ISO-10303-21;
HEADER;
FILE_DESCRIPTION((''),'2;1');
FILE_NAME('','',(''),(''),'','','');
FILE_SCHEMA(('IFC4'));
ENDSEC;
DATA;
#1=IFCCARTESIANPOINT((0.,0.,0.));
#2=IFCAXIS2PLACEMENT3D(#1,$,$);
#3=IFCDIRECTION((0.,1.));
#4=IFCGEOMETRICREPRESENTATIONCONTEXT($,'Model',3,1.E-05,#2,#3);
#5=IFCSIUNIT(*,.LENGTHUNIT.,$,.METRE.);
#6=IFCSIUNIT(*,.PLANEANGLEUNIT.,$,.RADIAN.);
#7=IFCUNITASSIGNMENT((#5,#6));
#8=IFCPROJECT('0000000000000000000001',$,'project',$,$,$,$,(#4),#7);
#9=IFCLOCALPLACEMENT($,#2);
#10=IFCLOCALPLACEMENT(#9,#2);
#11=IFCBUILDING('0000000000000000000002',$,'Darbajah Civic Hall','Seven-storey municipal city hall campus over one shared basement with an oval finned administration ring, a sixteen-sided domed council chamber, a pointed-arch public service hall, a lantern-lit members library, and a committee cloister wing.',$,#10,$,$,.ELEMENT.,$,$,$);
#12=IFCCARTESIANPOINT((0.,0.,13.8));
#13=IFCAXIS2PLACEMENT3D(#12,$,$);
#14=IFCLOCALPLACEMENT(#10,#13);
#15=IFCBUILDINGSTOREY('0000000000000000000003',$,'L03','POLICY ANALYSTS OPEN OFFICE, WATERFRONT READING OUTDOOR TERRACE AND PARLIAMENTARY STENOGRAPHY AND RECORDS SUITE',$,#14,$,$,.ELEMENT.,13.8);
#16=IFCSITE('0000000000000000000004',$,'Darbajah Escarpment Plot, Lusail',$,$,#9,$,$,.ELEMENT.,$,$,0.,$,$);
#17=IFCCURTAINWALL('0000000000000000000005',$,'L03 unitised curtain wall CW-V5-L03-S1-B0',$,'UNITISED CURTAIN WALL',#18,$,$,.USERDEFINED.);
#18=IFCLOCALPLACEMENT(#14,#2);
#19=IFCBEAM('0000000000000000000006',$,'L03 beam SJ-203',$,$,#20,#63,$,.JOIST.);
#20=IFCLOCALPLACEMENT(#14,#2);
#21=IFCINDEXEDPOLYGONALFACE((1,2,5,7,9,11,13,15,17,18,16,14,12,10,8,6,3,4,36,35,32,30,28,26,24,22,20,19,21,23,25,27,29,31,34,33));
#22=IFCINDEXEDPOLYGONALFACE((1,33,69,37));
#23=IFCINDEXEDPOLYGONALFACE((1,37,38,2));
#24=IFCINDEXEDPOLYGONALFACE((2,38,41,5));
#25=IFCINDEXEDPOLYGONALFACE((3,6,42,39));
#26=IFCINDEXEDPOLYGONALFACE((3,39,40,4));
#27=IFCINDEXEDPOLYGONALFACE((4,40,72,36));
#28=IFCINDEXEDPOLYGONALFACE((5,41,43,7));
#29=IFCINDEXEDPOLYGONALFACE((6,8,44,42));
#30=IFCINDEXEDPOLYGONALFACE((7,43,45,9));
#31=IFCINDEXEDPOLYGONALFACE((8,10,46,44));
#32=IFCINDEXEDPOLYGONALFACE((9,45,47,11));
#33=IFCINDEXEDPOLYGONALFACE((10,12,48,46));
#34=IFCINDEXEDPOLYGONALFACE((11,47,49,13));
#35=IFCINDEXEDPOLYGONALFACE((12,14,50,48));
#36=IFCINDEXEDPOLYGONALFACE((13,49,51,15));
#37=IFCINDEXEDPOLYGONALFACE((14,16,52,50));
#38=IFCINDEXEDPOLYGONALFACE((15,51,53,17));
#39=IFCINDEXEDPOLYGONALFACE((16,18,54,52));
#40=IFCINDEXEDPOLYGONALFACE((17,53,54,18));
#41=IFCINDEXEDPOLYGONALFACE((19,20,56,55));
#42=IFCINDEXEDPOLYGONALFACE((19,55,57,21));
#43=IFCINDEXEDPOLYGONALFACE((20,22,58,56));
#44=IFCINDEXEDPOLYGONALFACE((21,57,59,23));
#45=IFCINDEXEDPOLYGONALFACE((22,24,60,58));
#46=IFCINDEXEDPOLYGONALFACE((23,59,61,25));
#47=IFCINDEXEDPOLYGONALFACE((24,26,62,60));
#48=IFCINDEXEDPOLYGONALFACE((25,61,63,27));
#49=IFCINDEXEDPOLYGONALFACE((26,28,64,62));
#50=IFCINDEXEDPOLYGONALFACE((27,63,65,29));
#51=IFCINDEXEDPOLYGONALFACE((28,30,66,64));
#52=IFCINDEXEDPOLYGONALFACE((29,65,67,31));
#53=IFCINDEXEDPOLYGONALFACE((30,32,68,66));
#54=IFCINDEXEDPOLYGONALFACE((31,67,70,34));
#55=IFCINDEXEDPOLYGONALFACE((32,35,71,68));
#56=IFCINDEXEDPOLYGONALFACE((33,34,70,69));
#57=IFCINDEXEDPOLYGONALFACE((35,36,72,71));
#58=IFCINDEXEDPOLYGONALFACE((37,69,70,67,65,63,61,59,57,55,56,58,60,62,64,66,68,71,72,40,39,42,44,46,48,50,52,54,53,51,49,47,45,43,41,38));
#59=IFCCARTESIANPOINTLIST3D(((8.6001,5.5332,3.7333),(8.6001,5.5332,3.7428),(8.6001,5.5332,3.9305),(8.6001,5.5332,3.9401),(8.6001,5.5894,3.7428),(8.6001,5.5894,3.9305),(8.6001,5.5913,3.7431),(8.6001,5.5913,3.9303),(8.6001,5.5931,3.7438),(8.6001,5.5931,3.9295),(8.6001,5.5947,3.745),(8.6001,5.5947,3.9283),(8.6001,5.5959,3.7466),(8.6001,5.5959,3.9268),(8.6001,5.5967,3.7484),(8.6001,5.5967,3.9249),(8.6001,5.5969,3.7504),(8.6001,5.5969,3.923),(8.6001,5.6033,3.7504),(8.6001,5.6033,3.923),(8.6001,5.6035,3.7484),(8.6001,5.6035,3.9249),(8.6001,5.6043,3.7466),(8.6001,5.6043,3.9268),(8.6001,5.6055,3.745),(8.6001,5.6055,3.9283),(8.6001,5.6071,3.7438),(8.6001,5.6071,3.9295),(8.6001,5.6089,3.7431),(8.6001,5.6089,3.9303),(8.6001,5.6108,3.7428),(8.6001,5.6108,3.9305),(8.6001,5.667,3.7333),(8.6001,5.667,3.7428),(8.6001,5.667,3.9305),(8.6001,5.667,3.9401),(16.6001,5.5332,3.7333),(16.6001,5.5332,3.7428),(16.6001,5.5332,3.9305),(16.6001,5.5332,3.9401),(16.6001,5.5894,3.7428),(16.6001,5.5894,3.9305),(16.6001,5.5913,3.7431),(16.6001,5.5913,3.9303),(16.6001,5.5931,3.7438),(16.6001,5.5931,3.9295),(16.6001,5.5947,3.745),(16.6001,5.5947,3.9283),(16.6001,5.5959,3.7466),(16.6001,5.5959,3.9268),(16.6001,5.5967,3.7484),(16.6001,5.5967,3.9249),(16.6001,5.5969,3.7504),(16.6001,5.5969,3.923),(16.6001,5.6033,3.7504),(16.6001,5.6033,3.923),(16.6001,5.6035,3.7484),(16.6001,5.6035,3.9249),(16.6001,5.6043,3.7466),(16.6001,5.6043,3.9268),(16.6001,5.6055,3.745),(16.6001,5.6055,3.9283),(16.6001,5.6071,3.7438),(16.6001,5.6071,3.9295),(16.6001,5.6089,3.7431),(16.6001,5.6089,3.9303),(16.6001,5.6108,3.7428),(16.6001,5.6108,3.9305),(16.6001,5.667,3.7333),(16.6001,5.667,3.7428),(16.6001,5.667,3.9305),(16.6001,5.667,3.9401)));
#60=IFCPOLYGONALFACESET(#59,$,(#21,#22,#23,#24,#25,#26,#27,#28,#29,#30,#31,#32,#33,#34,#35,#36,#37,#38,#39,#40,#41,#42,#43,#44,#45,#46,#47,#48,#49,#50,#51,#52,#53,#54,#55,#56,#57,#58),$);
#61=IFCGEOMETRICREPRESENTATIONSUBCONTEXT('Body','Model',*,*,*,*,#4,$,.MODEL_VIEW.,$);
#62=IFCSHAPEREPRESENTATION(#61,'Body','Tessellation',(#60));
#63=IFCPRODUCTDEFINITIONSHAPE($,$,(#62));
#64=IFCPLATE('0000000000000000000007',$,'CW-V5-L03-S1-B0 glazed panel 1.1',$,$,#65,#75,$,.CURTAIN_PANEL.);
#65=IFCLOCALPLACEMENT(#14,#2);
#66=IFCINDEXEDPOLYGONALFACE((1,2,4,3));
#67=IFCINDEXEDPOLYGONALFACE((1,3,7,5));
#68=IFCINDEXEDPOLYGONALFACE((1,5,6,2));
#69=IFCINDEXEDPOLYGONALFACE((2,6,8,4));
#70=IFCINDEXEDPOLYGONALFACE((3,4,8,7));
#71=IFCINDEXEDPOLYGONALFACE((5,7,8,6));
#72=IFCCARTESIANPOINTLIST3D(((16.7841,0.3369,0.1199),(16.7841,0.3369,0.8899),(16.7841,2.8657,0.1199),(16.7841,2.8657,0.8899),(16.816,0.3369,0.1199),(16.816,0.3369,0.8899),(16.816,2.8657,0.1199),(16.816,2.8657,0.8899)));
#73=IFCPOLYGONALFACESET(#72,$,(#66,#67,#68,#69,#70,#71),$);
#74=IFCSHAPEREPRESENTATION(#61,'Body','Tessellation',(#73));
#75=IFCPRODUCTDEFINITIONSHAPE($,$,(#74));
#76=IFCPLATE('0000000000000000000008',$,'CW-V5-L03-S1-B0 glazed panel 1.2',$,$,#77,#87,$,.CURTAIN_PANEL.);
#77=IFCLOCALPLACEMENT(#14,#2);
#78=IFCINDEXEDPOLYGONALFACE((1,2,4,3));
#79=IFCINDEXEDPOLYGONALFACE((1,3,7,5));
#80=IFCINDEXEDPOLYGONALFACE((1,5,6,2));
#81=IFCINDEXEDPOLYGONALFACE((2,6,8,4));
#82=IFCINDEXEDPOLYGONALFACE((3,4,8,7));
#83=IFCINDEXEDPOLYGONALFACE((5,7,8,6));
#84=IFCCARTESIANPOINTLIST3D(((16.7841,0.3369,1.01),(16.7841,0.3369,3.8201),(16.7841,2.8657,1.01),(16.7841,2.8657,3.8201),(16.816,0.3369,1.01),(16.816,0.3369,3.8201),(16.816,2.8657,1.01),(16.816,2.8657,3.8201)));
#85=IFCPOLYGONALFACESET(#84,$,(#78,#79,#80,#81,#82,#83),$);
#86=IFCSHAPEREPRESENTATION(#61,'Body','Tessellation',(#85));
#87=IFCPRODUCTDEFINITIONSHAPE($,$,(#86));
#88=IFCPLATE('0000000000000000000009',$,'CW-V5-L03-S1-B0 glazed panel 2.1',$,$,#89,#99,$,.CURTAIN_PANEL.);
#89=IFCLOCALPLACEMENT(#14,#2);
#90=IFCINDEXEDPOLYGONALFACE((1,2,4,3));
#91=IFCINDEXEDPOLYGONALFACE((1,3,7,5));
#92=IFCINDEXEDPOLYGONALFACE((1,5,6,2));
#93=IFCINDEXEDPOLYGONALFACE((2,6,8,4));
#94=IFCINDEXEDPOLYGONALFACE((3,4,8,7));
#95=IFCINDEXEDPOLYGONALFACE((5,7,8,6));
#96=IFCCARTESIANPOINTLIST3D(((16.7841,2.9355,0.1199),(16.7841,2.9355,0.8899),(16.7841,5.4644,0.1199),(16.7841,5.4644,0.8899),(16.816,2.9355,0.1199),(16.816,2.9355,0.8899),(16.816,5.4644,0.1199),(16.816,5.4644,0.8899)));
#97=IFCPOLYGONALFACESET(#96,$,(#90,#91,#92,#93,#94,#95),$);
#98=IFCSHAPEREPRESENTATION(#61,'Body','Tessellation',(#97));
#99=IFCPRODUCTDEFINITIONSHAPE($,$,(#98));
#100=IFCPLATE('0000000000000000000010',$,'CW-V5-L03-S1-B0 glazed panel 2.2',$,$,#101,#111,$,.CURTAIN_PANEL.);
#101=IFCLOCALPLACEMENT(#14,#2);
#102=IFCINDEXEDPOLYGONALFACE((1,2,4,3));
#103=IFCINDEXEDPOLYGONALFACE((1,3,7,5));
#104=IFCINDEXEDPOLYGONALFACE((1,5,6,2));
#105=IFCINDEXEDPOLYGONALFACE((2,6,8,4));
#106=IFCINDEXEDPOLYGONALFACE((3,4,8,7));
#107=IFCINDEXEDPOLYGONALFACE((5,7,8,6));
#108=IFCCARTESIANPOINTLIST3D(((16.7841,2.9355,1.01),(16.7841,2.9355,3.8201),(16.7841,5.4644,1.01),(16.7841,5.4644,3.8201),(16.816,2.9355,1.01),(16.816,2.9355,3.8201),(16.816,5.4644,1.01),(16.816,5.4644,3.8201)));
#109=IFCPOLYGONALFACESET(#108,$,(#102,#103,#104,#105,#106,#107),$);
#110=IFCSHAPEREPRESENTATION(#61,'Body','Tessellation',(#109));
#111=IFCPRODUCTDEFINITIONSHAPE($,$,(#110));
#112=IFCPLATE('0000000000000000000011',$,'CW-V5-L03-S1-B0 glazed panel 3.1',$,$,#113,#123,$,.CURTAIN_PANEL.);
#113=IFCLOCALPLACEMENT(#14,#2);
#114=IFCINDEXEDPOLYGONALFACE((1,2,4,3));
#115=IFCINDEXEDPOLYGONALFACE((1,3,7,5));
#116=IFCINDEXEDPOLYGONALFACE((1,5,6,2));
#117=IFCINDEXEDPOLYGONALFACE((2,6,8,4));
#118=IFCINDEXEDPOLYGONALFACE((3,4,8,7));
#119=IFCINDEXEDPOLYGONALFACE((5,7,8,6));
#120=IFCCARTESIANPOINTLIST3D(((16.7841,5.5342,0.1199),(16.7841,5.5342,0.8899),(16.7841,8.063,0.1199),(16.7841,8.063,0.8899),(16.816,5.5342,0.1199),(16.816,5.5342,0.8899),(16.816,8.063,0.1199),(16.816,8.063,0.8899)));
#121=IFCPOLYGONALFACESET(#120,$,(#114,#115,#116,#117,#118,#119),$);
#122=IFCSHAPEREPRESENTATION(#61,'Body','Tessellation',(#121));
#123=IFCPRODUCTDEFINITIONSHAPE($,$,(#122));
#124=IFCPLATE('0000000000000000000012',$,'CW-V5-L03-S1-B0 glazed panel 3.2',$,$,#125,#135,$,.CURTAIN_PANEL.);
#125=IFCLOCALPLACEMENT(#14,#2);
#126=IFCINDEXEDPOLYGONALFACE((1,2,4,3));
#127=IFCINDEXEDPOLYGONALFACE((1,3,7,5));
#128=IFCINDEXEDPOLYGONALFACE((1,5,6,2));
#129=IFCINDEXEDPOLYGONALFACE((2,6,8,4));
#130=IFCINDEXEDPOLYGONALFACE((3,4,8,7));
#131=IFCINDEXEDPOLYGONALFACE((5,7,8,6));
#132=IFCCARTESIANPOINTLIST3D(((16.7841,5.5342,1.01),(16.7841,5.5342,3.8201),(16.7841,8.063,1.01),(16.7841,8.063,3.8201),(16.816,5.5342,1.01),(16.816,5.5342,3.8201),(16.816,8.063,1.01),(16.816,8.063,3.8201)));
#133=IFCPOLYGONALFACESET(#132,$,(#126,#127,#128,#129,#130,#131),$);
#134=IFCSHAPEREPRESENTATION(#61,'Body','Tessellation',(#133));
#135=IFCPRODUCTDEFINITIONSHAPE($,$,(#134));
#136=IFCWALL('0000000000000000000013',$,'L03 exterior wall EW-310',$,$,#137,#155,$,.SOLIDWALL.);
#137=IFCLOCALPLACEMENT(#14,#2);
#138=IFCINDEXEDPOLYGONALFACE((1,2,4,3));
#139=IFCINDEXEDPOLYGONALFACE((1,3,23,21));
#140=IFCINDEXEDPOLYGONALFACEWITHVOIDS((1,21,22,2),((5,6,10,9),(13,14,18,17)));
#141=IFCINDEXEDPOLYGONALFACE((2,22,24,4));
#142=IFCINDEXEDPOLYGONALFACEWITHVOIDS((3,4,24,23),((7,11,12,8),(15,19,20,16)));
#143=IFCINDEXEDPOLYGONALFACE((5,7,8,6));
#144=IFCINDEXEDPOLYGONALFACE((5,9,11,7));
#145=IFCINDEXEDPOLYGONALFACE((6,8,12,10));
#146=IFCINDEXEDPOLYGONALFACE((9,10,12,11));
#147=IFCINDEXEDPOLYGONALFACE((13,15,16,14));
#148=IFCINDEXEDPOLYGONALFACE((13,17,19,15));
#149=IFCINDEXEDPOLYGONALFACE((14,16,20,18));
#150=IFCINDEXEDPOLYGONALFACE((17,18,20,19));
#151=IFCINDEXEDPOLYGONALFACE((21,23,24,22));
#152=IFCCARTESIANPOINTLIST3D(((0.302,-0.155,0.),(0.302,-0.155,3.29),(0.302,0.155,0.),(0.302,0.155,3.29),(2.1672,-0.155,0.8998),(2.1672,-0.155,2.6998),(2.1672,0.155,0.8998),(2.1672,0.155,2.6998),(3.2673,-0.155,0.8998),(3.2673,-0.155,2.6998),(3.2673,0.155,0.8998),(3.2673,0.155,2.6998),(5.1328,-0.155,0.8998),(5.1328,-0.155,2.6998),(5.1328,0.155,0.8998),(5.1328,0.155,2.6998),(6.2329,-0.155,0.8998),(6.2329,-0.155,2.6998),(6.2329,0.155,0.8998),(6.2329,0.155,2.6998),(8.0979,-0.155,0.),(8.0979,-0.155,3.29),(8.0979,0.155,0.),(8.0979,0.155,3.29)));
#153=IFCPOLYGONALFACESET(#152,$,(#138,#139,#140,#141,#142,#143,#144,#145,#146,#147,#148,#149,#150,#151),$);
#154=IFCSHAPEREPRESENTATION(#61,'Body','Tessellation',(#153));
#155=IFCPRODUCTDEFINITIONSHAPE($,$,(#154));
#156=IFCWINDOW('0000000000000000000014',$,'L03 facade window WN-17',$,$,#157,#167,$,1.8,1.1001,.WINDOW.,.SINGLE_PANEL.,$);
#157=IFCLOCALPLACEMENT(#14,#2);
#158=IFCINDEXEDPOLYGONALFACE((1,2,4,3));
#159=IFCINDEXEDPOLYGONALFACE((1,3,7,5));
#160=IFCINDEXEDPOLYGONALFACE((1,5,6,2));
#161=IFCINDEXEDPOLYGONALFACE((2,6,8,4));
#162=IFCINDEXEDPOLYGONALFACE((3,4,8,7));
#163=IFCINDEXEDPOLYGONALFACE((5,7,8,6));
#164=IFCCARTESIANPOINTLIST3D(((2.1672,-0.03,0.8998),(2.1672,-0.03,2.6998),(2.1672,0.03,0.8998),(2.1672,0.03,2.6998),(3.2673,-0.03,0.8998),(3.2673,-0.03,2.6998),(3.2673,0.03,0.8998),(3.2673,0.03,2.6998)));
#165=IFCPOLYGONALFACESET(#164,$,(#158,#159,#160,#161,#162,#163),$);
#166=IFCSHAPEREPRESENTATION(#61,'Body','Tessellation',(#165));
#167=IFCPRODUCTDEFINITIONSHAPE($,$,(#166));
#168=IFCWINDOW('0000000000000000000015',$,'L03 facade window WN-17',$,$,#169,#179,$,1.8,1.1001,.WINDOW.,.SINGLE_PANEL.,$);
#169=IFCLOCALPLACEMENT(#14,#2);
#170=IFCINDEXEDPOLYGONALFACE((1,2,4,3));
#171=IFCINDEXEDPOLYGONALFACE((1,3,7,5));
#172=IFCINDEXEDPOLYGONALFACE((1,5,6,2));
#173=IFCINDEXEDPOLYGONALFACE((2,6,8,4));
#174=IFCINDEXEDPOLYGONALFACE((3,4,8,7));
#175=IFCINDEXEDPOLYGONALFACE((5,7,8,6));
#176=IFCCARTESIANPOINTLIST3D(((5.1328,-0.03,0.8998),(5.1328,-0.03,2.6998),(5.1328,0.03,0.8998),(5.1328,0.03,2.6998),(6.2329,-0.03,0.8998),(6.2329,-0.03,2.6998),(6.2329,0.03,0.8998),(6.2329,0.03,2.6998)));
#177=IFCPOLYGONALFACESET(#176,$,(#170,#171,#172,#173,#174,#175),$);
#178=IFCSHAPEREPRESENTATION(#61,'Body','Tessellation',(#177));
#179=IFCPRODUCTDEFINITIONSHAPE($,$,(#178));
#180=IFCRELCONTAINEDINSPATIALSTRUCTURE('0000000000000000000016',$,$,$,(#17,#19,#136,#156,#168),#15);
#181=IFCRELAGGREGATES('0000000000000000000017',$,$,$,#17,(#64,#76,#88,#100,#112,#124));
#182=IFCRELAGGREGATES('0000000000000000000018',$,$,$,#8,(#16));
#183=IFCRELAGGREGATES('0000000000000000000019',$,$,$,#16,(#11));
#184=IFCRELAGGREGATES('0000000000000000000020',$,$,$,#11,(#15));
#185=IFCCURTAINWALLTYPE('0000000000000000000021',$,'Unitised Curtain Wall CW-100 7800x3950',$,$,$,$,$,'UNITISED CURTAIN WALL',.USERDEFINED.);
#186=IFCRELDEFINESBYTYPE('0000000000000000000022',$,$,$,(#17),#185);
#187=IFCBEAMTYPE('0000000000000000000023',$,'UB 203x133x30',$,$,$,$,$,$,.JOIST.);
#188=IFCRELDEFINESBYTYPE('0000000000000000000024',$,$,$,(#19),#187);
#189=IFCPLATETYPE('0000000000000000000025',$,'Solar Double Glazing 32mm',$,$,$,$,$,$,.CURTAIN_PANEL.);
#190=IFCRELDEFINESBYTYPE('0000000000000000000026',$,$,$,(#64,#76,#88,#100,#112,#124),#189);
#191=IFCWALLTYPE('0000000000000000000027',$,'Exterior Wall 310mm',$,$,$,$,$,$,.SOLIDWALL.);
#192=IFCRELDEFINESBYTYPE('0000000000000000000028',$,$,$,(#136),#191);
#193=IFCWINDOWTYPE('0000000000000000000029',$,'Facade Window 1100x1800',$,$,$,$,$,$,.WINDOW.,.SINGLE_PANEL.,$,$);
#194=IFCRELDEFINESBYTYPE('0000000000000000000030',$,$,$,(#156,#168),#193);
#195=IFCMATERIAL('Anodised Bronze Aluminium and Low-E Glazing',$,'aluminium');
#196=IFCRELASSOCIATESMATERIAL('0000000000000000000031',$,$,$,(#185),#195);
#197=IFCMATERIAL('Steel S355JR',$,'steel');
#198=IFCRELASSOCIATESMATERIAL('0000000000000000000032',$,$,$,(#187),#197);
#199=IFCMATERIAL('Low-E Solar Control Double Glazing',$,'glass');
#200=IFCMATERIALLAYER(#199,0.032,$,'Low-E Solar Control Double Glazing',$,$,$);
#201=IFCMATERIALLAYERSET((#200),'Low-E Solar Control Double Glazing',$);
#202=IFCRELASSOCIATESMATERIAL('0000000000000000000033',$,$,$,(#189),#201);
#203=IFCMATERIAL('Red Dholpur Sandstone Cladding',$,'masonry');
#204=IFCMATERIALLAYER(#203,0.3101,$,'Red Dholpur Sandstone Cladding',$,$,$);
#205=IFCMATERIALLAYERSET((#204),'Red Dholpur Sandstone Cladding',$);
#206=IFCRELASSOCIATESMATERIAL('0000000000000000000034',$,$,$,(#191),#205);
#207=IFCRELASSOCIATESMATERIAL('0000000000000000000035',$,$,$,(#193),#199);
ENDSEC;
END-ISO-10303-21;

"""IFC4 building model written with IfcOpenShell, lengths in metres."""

from ifc_helpers import new_model, si_unit, direction, frame, frame_2d, origin, origin_2d, place, context, subcontext, project, spatial, rectangle, i_section, extrude, material, layer, layer_set, material_profile, profile_set, type_object, element, fill, aggregate, save


model = new_model("IFC4")

# Units and contexts
model_context = context("Model", 3, precision=1e-05, world=origin(), true_north=direction((0.0, 1.0)))
body_context = subcontext(model_context, "Body", "Model", "MODEL_VIEW")
ifc_project = project(units=[si_unit("LENGTHUNIT", "METRE"), si_unit("PLANEANGLEUNIT", "RADIAN")], contexts=[model_context])

# Site, building, storey
site_placement = place(None, origin())
site = spatial("IfcSite", under=ifc_project, at=site_placement, Name="Darbajah Escarpment Plot, Lusail", CompositionType="ELEMENT", RefElevation=0.0)
building_placement = place(site_placement, origin())
building = spatial("IfcBuilding", under=site, at=building_placement, Name="Darbajah Civic Hall", Description="Seven-storey municipal city hall campus over one shared basement with an oval finned administration ring, a sixteen-sided domed council chamber, a pointed-arch public service hall, a lantern-lit members library, and a committee cloister wing.", CompositionType="ELEMENT")
storey_placement = place(building_placement, frame((0.0, 0.0, 13.8)))
storey = spatial("IfcBuildingStorey", under=building, at=storey_placement, Name="L03", Description="POLICY ANALYSTS OPEN OFFICE, WATERFRONT READING OUTDOOR TERRACE AND PARLIAMENTARY STENOGRAPHY AND RECORDS SUITE", CompositionType="ELEMENT", Elevation=13.8)

# Curtain wall
ifc_material_1 = material(Name="Anodised Bronze Aluminium and Low-E Glazing", Category="aluminium")
curtain_wall_type = type_object("IfcCurtainWallType", Name="Unitised Curtain Wall CW-100 7800x3950", ElementType="UNITISED CURTAIN WALL", PredefinedType="USERDEFINED", material=ifc_material_1)
curtain_wall_placement = place(storey_placement, origin())
curtain_wall = element("IfcCurtainWall", 1, at=curtain_wall_placement, inside=storey, type_object=curtain_wall_type, Name="L03 unitised curtain wall CW-V5-L03-S1-B0", ObjectType="UNITISED CURTAIN WALL", PredefinedType="USERDEFINED")

# Beam
ifc_material_2 = material(Name="Steel S355JR", Category="steel")
ifc_material_profile_1 = material_profile(ifc_material_2, i_section(OverallWidth=0.1338, OverallDepth=0.2068, WebThickness=0.0063, FlangeThickness=0.0095, FilletRadius=0.0076, at=origin_2d()), Name="UB 203x133x30")
ifc_profile_set_1 = profile_set([ifc_material_profile_1], Name="Steel S355JR")
beam_type_1 = type_object("IfcBeamType", Name="UB 203x133x30", PredefinedType="JOIST", material=ifc_profile_set_1)
for number, where, z_axis, x_axis, name in (
    (2, (8.6001, 5.6001, 3.8367), (1.0, 0.0, 0.0), (0.0, 1.0, 0.0), "L03 beam SJ-203"),
):
    element("IfcBeam", number, at=place(storey_placement, frame(where, z_axis=z_axis, x_axis=x_axis)), inside=storey, type_object=beam_type_1, Name=name, PredefinedType="JOIST", context=body_context, shape_type="SweptSolid", body=[
        extrude(i_section(OverallWidth=0.1338, OverallDepth=0.2068, WebThickness=0.0063, FlangeThickness=0.0095, FilletRadius=0.0076, at=origin_2d()), origin(), (0.0, 0.0, 1.0), 8.0),
    ])

# Plates
ifc_material_3 = material(Name="Low-E Solar Control Double Glazing", Category="glass")
ifc_layer_1 = layer(ifc_material_3, 0.032, Name="Low-E Solar Control Double Glazing")
ifc_layer_set_1 = layer_set([ifc_layer_1], Name="Low-E Solar Control Double Glazing")
plate_type = type_object("IfcPlateType", Name="Solar Double Glazing 32mm", PredefinedType="CURTAIN_PANEL", material=ifc_layer_set_1)
plate_1_placement = place(storey_placement, frame((16.8, 1.6013, 0.1199), z_axis=(0.0, 0.0, 1.0), x_axis=(0.0, 1.0, 0.0)))
plate_1 = element("IfcPlate", 3, at=plate_1_placement, type_object=plate_type, Name="CW-V5-L03-S1-B0 glazed panel 1.1", PredefinedType="CURTAIN_PANEL", context=body_context, shape_type="SweptSolid", body=[
    extrude(rectangle(XDim=2.5288, YDim=0.032, at=origin_2d()), origin(), (0.0, 0.0, 1.0), 0.77),
])
plate_2_placement = place(storey_placement, frame((16.8, 1.6013, 1.01), z_axis=(0.0, 0.0, 1.0), x_axis=(0.0, 1.0, 0.0)))
plate_2 = element("IfcPlate", 4, at=plate_2_placement, type_object=plate_type, Name="CW-V5-L03-S1-B0 glazed panel 1.2", PredefinedType="CURTAIN_PANEL", context=body_context, shape_type="SweptSolid", body=[
    extrude(rectangle(XDim=2.5288, YDim=0.032, at=origin_2d()), origin(), (0.0, 0.0, 1.0), 2.8101),
])
plate_3_placement = place(storey_placement, frame((16.8, 4.2, 0.1199), z_axis=(0.0, 0.0, 1.0), x_axis=(0.0, 1.0, 0.0)))
plate_3 = element("IfcPlate", 5, at=plate_3_placement, type_object=plate_type, Name="CW-V5-L03-S1-B0 glazed panel 2.1", PredefinedType="CURTAIN_PANEL", context=body_context, shape_type="SweptSolid", body=[
    extrude(rectangle(XDim=2.5288, YDim=0.032, at=origin_2d()), origin(), (0.0, 0.0, 1.0), 0.77),
])
plate_4_placement = place(storey_placement, frame((16.8, 4.2, 1.01), z_axis=(0.0, 0.0, 1.0), x_axis=(0.0, 1.0, 0.0)))
plate_4 = element("IfcPlate", 6, at=plate_4_placement, type_object=plate_type, Name="CW-V5-L03-S1-B0 glazed panel 2.2", PredefinedType="CURTAIN_PANEL", context=body_context, shape_type="SweptSolid", body=[
    extrude(rectangle(XDim=2.5288, YDim=0.032, at=origin_2d()), origin(), (0.0, 0.0, 1.0), 2.8101),
])
plate_5_placement = place(storey_placement, frame((16.8, 6.7986, 0.1199), z_axis=(0.0, 0.0, 1.0), x_axis=(0.0, 1.0, 0.0)))
plate_5 = element("IfcPlate", 7, at=plate_5_placement, type_object=plate_type, Name="CW-V5-L03-S1-B0 glazed panel 3.1", PredefinedType="CURTAIN_PANEL", context=body_context, shape_type="SweptSolid", body=[
    extrude(rectangle(XDim=2.5288, YDim=0.032, at=origin_2d()), origin(), (0.0, 0.0, 1.0), 0.77),
])
plate_6_placement = place(storey_placement, frame((16.8, 6.7986, 1.01), z_axis=(0.0, 0.0, 1.0), x_axis=(0.0, 1.0, 0.0)))
plate_6 = element("IfcPlate", 8, at=plate_6_placement, type_object=plate_type, Name="CW-V5-L03-S1-B0 glazed panel 3.2", PredefinedType="CURTAIN_PANEL", context=body_context, shape_type="SweptSolid", body=[
    extrude(rectangle(XDim=2.5288, YDim=0.032, at=origin_2d()), origin(), (0.0, 0.0, 1.0), 2.8101),
])
aggregate(curtain_wall, [plate_1, plate_2, plate_3, plate_4, plate_5, plate_6])

# Wall, openings, windows
ifc_material_4 = material(Name="Red Dholpur Sandstone Cladding", Category="masonry")
ifc_layer_2 = layer(ifc_material_4, 0.3101, Name="Red Dholpur Sandstone Cladding")
ifc_layer_set_2 = layer_set([ifc_layer_2], Name="Red Dholpur Sandstone Cladding")
wall_type = type_object("IfcWallType", Name="Exterior Wall 310mm", PredefinedType="SOLIDWALL", material=ifc_layer_set_2)
wall_1_placement = place(storey_placement, frame((0.302, 0.0, 0.0), z_axis=(0.0, 0.0, 1.0), x_axis=(1.0, 0.0, 0.0)))
wall_1 = element("IfcWall", 9, at=wall_1_placement, inside=storey, type_object=wall_type, Name="L03 exterior wall EW-310", PredefinedType="SOLIDWALL", context=body_context, shape_type="SweptSolid", body=[
    extrude(rectangle(XDim=7.7959, YDim=0.3101, at=frame_2d((3.8979, 0.0))), origin(), (0.0, 0.0, 1.0), 3.29),
])
opening_1_placement = place(wall_1_placement, frame((1.8652, 0.0, 0.8999)))
opening_1 = element("IfcOpeningElement", 10, at=opening_1_placement, cuts=wall_1, PredefinedType="OPENING", context=body_context, shape_type="SweptSolid", body=[
    extrude(rectangle(XDim=1.1001, YDim=1.8, at=frame_2d((0.55, 0.8999))), frame((0.0, 0.165, 0.0), z_axis=(0.0, -1.0, 0.0), x_axis=(1.0, 0.0, 0.0)), (0.0, 0.0, 1.0), 0.3301),
])
opening_2_placement = place(wall_1_placement, frame((4.8308, 0.0, 0.8999)))
opening_2 = element("IfcOpeningElement", 11, at=opening_2_placement, cuts=wall_1, PredefinedType="OPENING", context=body_context, shape_type="SweptSolid", body=[
    extrude(rectangle(XDim=1.1001, YDim=1.8, at=frame_2d((0.55, 0.8999))), frame((0.0, 0.165, 0.0), z_axis=(0.0, -1.0, 0.0), x_axis=(1.0, 0.0, 0.0)), (0.0, 0.0, 1.0), 0.3301),
])
window_type = type_object("IfcWindowType", Name="Facade Window 1100x1800", PartitioningType="SINGLE_PANEL", PredefinedType="WINDOW", material=ifc_material_3)
window_1_placement = place(opening_1_placement, origin())
window_1 = element("IfcWindow", 12, at=window_1_placement, inside=storey, type_object=window_type, Name="L03 facade window WN-17", OverallHeight=1.8, OverallWidth=1.1001, PartitioningType="SINGLE_PANEL", PredefinedType="WINDOW", context=body_context, shape_type="SweptSolid", body=[
    extrude(rectangle(XDim=1.1001, YDim=1.8, at=frame_2d((0.55, 0.8999))), frame((0.0, 0.03, 0.0), z_axis=(0.0, -1.0, 0.0), x_axis=(1.0, 0.0, 0.0)), (0.0, 0.0, 1.0), 0.0601),
])
fill(opening_1, window_1)
window_2_placement = place(opening_2_placement, origin())
window_2 = element("IfcWindow", 13, at=window_2_placement, inside=storey, type_object=window_type, Name="L03 facade window WN-17", OverallHeight=1.8, OverallWidth=1.1001, PartitioningType="SINGLE_PANEL", PredefinedType="WINDOW", context=body_context, shape_type="SweptSolid", body=[
    extrude(rectangle(XDim=1.1001, YDim=1.8, at=frame_2d((0.55, 0.8999))), frame((0.0, 0.03, 0.0), z_axis=(0.0, -1.0, 0.0), x_axis=(1.0, 0.0, 0.0)), (0.0, 0.0, 1.0), 0.0601),
])
fill(opening_2, window_2)

save(model, "model.ifc")
